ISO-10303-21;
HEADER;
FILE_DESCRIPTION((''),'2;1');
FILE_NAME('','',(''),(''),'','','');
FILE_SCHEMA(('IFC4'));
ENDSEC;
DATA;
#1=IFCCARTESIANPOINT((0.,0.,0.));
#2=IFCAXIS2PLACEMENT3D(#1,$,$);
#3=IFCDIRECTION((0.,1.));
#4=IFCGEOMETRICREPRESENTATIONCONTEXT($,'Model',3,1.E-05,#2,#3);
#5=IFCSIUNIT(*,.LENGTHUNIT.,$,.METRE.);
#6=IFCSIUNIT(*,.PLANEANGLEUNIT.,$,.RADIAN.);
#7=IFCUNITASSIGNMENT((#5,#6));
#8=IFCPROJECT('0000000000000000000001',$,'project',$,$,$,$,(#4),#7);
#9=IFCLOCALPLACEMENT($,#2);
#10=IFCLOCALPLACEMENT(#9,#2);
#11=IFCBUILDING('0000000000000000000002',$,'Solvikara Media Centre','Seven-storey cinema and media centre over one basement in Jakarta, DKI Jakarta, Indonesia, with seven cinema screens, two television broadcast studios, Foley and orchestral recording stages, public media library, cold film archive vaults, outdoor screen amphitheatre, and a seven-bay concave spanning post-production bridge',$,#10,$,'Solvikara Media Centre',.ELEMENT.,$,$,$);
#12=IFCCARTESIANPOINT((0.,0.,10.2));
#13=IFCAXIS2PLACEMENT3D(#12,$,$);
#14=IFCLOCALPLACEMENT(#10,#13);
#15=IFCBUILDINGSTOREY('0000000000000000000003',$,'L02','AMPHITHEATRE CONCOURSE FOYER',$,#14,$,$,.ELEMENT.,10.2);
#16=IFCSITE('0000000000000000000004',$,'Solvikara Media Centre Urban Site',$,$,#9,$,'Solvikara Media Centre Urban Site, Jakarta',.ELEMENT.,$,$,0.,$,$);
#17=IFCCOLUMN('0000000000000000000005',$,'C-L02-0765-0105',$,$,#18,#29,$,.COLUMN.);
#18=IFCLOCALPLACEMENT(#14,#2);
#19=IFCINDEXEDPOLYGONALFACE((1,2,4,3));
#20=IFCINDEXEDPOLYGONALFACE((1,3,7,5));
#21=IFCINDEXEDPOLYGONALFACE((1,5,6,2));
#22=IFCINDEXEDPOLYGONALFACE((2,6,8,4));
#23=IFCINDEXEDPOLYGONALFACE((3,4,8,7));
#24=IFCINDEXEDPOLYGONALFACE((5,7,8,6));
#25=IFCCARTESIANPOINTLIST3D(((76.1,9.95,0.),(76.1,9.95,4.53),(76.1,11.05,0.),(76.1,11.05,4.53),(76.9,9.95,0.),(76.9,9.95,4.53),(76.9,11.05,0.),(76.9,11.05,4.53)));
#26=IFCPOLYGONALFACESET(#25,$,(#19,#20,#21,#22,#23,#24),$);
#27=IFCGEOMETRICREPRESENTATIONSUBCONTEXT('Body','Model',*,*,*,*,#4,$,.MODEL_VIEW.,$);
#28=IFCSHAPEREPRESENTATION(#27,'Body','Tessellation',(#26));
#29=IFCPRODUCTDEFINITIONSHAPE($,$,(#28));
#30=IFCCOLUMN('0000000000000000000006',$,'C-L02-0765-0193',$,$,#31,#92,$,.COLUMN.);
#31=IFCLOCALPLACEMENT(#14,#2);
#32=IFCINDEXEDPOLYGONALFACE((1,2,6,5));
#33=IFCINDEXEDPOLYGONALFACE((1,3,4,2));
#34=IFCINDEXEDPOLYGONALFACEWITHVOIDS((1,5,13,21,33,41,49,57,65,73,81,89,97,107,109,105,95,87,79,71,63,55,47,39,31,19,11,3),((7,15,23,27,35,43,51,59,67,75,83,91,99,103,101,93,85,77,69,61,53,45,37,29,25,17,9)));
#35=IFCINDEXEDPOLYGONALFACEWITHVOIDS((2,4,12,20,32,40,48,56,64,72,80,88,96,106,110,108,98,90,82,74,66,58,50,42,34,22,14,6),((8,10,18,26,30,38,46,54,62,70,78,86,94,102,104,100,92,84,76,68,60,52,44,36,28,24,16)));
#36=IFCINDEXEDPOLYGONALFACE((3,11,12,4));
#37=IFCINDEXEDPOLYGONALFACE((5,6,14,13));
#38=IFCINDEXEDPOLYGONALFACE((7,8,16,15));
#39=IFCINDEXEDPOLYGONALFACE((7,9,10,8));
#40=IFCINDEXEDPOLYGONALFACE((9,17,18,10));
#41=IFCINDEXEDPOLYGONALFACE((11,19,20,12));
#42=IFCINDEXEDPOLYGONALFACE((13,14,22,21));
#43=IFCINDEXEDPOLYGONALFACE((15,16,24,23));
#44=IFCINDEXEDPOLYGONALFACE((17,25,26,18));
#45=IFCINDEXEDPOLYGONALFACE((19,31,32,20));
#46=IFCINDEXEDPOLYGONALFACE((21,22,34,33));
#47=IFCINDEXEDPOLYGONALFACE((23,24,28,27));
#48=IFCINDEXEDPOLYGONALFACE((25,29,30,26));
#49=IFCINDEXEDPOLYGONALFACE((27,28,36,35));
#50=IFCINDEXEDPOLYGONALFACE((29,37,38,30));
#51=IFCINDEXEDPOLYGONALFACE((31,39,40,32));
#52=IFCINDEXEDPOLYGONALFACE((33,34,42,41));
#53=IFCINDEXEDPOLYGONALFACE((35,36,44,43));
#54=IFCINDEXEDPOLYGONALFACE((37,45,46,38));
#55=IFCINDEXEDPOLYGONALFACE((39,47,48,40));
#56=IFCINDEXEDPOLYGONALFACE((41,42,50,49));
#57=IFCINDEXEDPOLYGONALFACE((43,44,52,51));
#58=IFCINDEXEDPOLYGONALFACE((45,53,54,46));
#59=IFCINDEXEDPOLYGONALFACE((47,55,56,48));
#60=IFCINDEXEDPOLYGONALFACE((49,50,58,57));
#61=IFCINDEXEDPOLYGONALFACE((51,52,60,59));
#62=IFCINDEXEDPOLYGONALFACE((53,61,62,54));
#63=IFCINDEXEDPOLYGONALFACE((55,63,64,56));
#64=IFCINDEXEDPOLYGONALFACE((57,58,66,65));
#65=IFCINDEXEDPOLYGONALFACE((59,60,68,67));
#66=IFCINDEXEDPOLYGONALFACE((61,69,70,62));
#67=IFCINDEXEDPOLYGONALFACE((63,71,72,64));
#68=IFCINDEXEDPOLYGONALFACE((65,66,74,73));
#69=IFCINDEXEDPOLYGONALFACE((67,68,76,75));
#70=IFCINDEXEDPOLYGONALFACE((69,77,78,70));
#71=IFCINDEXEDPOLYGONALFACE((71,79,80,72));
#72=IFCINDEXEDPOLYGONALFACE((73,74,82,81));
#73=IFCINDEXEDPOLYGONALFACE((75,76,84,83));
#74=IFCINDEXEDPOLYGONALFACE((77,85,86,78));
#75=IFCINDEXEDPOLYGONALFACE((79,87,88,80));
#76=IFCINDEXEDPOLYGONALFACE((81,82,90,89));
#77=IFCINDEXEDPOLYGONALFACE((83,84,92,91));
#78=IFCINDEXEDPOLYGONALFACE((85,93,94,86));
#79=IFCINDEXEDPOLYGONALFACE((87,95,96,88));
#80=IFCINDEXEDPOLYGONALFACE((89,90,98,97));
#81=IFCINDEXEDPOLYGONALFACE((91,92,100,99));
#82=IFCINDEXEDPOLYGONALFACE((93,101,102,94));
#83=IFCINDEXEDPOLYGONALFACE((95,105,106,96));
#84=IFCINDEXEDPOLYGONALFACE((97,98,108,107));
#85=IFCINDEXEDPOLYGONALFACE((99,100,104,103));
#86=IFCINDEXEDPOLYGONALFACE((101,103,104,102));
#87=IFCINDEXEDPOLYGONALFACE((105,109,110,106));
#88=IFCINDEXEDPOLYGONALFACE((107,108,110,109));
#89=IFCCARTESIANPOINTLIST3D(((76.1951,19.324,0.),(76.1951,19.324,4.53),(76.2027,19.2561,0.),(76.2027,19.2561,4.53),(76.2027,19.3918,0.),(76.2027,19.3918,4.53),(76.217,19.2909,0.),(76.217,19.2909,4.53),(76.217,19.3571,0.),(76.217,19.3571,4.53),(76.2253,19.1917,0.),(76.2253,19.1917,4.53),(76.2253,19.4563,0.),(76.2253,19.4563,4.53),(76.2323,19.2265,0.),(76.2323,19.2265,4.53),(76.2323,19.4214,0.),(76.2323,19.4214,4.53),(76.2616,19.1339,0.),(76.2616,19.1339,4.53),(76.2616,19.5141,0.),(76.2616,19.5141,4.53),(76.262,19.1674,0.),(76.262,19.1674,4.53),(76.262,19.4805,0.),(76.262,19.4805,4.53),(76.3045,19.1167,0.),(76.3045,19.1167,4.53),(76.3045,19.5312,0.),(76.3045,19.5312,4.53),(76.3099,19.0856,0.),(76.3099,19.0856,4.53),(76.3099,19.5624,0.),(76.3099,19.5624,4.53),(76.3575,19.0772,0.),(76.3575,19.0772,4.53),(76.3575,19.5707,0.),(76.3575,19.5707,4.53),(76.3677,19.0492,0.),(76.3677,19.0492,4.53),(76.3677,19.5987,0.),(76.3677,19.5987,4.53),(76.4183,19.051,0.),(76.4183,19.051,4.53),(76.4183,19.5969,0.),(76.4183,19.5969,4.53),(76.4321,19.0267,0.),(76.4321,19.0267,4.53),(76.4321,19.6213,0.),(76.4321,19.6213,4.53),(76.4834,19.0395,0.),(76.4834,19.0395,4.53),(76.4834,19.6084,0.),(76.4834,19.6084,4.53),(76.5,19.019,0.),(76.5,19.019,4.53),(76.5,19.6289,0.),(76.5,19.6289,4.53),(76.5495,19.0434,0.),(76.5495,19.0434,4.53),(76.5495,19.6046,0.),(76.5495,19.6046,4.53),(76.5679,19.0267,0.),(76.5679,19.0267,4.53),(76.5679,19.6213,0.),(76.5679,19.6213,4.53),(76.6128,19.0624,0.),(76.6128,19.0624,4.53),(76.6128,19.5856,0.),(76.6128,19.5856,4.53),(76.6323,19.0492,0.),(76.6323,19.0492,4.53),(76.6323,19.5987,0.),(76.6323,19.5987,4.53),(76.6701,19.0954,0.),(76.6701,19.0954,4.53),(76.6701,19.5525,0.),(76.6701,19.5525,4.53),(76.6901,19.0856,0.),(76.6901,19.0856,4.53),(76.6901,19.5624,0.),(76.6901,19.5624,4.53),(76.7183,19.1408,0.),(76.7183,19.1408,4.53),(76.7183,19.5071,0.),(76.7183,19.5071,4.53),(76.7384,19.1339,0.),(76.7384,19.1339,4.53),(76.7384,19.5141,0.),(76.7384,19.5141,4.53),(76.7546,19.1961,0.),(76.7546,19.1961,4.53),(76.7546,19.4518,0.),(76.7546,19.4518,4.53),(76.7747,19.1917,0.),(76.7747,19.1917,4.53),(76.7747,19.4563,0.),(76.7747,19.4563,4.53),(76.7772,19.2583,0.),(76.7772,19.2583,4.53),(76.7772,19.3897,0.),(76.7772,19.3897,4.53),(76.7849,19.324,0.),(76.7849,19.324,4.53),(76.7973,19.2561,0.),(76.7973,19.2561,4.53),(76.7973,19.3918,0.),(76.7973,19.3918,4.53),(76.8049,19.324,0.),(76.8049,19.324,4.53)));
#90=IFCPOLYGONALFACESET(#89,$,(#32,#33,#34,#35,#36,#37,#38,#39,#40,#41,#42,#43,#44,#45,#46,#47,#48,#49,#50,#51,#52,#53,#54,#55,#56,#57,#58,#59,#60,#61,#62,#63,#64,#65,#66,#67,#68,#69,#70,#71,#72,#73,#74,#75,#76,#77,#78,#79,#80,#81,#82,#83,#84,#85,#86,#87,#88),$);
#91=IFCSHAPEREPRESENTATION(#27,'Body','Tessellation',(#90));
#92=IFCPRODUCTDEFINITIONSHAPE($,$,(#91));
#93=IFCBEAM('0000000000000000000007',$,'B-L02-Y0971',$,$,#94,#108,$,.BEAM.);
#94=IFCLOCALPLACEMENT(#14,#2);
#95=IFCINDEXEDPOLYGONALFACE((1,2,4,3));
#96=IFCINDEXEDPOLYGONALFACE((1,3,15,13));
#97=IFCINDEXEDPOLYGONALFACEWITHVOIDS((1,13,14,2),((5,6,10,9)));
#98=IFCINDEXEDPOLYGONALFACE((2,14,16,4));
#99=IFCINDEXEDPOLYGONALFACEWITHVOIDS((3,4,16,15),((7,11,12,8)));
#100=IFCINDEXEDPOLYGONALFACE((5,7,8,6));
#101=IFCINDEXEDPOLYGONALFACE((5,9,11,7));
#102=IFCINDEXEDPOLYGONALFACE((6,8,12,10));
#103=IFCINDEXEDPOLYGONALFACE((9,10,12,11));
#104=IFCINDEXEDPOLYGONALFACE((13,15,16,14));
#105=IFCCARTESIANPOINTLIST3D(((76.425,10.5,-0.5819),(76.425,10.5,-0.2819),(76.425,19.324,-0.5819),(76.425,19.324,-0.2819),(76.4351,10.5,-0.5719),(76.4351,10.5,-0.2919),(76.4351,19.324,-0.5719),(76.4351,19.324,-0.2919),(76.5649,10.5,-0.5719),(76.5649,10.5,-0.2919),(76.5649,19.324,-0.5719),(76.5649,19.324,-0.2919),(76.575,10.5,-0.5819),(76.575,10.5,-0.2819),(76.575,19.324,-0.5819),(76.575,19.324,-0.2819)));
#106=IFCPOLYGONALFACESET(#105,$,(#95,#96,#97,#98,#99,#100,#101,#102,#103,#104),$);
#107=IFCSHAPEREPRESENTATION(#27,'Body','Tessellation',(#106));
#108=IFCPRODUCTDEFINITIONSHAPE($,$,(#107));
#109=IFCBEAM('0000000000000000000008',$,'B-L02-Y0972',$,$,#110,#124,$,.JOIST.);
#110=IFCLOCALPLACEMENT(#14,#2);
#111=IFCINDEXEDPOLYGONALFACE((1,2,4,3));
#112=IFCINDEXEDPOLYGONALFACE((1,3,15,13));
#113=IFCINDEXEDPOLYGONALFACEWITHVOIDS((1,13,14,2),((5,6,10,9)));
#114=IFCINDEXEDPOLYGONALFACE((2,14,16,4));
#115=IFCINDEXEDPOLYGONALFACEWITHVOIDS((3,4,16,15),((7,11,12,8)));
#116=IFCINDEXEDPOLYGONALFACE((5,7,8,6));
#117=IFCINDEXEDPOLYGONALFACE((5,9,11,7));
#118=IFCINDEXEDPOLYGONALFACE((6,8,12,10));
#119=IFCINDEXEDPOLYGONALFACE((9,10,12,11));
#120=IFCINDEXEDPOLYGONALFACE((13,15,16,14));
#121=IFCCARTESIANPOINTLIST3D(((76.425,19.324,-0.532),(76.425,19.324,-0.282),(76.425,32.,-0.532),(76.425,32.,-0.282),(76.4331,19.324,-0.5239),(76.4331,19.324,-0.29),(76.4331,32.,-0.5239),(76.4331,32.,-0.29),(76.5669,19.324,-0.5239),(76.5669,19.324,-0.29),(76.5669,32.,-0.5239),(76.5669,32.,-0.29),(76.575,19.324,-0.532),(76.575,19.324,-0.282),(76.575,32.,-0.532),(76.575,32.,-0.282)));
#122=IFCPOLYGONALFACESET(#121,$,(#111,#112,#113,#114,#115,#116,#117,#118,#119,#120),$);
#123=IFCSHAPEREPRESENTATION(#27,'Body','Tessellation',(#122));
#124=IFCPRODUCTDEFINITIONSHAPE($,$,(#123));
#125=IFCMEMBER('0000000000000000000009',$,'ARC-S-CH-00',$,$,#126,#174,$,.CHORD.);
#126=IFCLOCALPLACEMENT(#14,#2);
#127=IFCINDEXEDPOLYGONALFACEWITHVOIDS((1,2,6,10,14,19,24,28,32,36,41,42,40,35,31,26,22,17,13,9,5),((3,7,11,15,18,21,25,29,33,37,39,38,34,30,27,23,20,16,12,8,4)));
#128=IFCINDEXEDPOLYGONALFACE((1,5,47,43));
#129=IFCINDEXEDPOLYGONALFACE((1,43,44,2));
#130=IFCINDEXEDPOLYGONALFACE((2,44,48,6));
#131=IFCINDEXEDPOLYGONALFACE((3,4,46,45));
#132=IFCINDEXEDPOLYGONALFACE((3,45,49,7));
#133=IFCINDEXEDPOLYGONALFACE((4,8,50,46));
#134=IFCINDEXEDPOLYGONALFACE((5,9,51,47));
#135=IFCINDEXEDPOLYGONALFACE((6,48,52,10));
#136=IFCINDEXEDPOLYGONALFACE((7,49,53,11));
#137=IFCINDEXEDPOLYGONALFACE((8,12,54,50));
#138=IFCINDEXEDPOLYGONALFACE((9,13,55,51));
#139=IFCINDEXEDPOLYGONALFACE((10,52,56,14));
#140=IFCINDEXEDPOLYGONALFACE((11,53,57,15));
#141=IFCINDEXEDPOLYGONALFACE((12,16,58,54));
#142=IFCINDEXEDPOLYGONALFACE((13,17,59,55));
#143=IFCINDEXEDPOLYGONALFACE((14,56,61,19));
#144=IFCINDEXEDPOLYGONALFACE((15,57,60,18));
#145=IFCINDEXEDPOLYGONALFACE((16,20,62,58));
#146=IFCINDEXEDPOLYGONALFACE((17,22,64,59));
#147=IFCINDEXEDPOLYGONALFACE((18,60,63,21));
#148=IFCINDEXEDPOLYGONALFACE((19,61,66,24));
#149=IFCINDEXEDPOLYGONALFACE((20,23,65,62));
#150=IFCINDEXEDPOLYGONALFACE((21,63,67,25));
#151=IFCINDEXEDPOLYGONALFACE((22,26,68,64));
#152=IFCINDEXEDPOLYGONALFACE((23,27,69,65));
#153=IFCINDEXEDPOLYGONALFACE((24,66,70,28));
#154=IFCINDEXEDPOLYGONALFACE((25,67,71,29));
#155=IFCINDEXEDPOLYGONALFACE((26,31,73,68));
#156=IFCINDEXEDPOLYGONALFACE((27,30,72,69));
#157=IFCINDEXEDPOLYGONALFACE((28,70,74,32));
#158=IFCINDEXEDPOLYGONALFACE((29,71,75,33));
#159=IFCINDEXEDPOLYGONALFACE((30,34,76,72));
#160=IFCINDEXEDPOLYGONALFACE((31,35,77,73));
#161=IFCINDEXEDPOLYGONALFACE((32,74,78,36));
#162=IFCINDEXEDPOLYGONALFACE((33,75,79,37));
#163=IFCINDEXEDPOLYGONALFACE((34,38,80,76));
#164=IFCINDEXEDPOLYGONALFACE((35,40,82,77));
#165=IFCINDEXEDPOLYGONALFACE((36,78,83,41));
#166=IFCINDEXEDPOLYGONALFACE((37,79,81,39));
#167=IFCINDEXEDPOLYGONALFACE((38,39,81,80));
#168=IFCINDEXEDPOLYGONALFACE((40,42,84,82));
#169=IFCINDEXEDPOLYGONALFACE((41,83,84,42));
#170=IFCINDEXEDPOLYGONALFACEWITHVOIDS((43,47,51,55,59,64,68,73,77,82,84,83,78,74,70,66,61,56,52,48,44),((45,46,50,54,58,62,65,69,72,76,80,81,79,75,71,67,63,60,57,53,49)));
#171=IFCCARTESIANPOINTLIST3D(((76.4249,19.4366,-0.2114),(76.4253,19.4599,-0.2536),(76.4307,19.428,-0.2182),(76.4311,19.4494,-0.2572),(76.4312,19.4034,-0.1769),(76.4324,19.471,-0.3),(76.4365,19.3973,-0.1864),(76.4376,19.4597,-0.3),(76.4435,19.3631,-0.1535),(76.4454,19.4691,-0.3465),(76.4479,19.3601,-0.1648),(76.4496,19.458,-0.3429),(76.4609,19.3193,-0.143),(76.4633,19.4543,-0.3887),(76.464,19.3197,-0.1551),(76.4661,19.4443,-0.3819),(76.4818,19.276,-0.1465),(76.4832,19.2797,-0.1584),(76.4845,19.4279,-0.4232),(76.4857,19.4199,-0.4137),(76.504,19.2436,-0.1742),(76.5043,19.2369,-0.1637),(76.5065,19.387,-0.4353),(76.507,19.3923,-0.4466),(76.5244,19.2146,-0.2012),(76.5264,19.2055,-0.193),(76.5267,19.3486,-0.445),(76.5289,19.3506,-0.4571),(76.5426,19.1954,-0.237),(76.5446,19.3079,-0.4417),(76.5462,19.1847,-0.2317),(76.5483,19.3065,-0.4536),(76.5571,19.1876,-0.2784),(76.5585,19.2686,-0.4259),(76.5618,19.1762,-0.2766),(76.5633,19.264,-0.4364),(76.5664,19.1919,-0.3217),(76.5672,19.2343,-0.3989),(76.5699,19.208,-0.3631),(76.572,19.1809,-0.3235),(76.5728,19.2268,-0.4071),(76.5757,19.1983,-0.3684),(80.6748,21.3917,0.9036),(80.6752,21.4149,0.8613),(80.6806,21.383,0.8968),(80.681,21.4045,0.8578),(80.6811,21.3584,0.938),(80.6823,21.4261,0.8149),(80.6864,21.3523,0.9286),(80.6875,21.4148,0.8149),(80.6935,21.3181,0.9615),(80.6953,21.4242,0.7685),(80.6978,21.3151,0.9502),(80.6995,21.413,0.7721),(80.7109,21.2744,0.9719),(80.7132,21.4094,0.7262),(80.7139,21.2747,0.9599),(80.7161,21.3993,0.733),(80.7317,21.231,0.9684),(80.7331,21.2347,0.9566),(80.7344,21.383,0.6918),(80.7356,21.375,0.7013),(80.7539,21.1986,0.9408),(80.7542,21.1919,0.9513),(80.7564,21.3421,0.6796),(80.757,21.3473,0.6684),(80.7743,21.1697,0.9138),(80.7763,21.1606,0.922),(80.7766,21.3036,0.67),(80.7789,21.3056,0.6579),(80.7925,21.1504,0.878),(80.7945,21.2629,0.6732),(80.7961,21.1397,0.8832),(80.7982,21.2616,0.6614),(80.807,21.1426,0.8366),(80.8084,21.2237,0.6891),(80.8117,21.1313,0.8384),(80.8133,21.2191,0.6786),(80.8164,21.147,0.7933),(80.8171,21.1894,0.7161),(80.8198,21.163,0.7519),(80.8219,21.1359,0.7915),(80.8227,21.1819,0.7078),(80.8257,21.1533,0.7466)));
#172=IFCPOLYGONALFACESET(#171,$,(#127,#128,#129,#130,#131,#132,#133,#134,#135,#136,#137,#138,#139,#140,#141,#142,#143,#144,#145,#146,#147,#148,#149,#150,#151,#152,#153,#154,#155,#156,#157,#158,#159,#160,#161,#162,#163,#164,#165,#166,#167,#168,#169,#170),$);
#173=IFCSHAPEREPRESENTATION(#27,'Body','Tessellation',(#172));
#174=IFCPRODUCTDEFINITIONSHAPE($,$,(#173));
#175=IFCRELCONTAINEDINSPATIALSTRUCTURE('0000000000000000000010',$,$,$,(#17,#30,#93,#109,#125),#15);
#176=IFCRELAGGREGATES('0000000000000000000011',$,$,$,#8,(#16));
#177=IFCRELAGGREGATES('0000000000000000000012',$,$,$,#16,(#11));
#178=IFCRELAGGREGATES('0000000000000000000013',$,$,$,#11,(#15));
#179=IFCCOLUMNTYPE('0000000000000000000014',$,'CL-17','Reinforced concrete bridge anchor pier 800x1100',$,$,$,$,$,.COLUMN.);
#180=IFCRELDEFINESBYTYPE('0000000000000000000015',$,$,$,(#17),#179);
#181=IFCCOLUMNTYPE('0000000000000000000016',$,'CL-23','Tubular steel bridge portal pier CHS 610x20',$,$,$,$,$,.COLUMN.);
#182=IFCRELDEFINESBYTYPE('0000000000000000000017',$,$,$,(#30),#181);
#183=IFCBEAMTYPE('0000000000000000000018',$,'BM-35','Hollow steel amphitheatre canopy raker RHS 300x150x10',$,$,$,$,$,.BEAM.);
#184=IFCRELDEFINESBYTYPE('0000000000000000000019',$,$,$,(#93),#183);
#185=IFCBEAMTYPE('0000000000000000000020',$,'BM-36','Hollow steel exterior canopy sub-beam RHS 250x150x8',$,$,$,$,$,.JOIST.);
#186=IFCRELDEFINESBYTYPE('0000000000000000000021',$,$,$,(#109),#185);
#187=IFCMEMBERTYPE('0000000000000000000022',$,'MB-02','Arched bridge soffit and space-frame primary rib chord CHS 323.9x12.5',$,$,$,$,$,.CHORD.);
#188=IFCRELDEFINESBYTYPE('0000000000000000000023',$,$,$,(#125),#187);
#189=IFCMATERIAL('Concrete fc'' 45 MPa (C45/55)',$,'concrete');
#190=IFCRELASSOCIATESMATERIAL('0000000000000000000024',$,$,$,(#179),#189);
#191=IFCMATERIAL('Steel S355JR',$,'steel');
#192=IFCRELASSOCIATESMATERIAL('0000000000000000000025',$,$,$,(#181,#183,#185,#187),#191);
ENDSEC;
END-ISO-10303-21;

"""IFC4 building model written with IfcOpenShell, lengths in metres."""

from ifc_helpers import new_model, si_unit, direction, frame, origin, origin_2d, place, context, subcontext, project, spatial, rectangle, hollow_rectangle, hollow_circle, extrude, material, material_profile, profile_set, type_object, element, save


model = new_model("IFC4")

# Units and contexts
model_context = context("Model", 3, precision=1e-05, world=origin(), true_north=direction((0.0, 1.0)))
body_context = subcontext(model_context, "Body", "Model", "MODEL_VIEW")
ifc_project = project(units=[si_unit("LENGTHUNIT", "METRE"), si_unit("PLANEANGLEUNIT", "RADIAN")], contexts=[model_context])

# Site, building, storey
site_placement = place(None, origin())
site = spatial("IfcSite", under=ifc_project, at=site_placement, Name="Solvikara Media Centre Urban Site", LongName="Solvikara Media Centre Urban Site, Jakarta", CompositionType="ELEMENT", RefElevation=0.0)
building_placement = place(site_placement, origin())
building = spatial("IfcBuilding", under=site, at=building_placement, Name="Solvikara Media Centre", Description="Seven-storey cinema and media centre over one basement in Jakarta, DKI Jakarta, Indonesia, with seven cinema screens, two television broadcast studios, Foley and orchestral recording stages, public media library, cold film archive vaults, outdoor screen amphitheatre, and a seven-bay concave spanning post-production bridge", LongName="Solvikara Media Centre", CompositionType="ELEMENT")
storey_placement = place(building_placement, frame((0.0, 0.0, 10.2)))
storey = spatial("IfcBuildingStorey", under=building, at=storey_placement, Name="L02", Description="AMPHITHEATRE CONCOURSE FOYER", CompositionType="ELEMENT", Elevation=10.2)

# Columns
ifc_material_1 = material(Name="Concrete fc' 45 MPa (C45/55)", Category="concrete")
ifc_material_profile_1 = material_profile(ifc_material_1, rectangle(XDim=0.8, YDim=1.1001, at=origin_2d()), Name="RC 800x1100")
ifc_profile_set_1 = profile_set([ifc_material_profile_1], Name="Concrete fc' 45 MPa (C45/55)")
column_type_1 = type_object("IfcColumnType", Name="CL-17", Description="Reinforced concrete bridge anchor pier 800x1100", PredefinedType="COLUMN", material=ifc_profile_set_1)
column_1_placement = place(storey_placement, frame((76.5, 10.5, 0.0), z_axis=(0.0, 0.0, 1.0), x_axis=(1.0, 0.0, 0.0)))
element("IfcColumn", 1, at=column_1_placement, inside=storey, type_object=column_type_1, Name="C-L02-0765-0105", PredefinedType="COLUMN", context=body_context, shape_type="SweptSolid", body=[
    extrude(rectangle(XDim=0.8, YDim=1.1001, at=origin_2d()), origin(), (0.0, 0.0, 1.0), 4.53),
])
ifc_material_2 = material(Name="Steel S355JR", Category="steel")
ifc_material_profile_2 = material_profile(ifc_material_2, hollow_circle(Radius=0.3049, WallThickness=0.02, at=origin_2d()), Name="CHS 610x20")
ifc_profile_set_2 = profile_set([ifc_material_profile_2], Name="Steel S355JR")
column_type_2 = type_object("IfcColumnType", Name="CL-23", Description="Tubular steel bridge portal pier CHS 610x20", PredefinedType="COLUMN", material=ifc_profile_set_2)
column_2_placement = place(storey_placement, frame((76.5, 19.324, 0.0), z_axis=(0.0, 0.0, 1.0), x_axis=(1.0, 0.0, 0.0)))
element("IfcColumn", 2, at=column_2_placement, inside=storey, type_object=column_type_2, Name="C-L02-0765-0193", PredefinedType="COLUMN", context=body_context, shape_type="SweptSolid", body=[
    extrude(hollow_circle(Radius=0.3049, WallThickness=0.02, at=origin_2d()), origin(), (0.0, 0.0, 1.0), 4.53),
])

# Beams
ifc_material_profile_3 = material_profile(ifc_material_2, hollow_rectangle(XDim=0.1499, YDim=0.3, WallThickness=0.01, at=origin_2d()), Name="RHS 300x150x10")
ifc_profile_set_3 = profile_set([ifc_material_profile_3], Name="Steel S355JR")
beam_type_1 = type_object("IfcBeamType", Name="BM-35", Description="Hollow steel amphitheatre canopy raker RHS 300x150x10", PredefinedType="BEAM", material=ifc_profile_set_3)
beam_1_placement = place(storey_placement, frame((76.5, 10.5, -0.4319), z_axis=(0.0, 1.0, 0.0), x_axis=(-1.0, 0.0, 0.0)))
element("IfcBeam", 3, at=beam_1_placement, inside=storey, type_object=beam_type_1, Name="B-L02-Y0971", PredefinedType="BEAM", context=body_context, shape_type="SweptSolid", body=[
    extrude(hollow_rectangle(XDim=0.1499, YDim=0.3, WallThickness=0.01, at=origin_2d()), origin(), (0.0, 0.0, 1.0), 8.824),
])
ifc_material_profile_4 = material_profile(ifc_material_2, hollow_rectangle(XDim=0.1499, YDim=0.25, WallThickness=0.0081, at=origin_2d()), Name="RHS 250x150x8")
ifc_profile_set_4 = profile_set([ifc_material_profile_4], Name="Steel S355JR")
beam_type_2 = type_object("IfcBeamType", Name="BM-36", Description="Hollow steel exterior canopy sub-beam RHS 250x150x8", PredefinedType="JOIST", material=ifc_profile_set_4)
beam_2_placement = place(storey_placement, frame((76.5, 19.324, -0.407), z_axis=(0.0, 1.0, 0.0), x_axis=(-1.0, 0.0, 0.0)))
element("IfcBeam", 4, at=beam_2_placement, inside=storey, type_object=beam_type_2, Name="B-L02-Y0972", PredefinedType="JOIST", context=body_context, shape_type="SweptSolid", body=[
    extrude(hollow_rectangle(XDim=0.1499, YDim=0.25, WallThickness=0.0081, at=origin_2d()), origin(), (0.0, 0.0, 1.0), 12.676),
])

# Member
ifc_material_profile_5 = material_profile(ifc_material_2, hollow_circle(Radius=0.1619, WallThickness=0.0125, at=origin_2d()), Name="CHS 323.9x12.5")
ifc_profile_set_5 = profile_set([ifc_material_profile_5], Name="Steel S355JR")
member_type_1 = type_object("IfcMemberType", Name="MB-02", Description="Arched bridge soffit and space-frame primary rib chord CHS 323.9x12.5", PredefinedType="CHORD", material=ifc_profile_set_5)
member_1_placement = place(storey_placement, frame((76.5, 19.324, -0.3), z_axis=(0.88373, 0.406532, 0.231847), x_axis=(-0.417919, 0.908484, 0.0)))
element("IfcMember", 5, at=member_1_placement, inside=storey, type_object=member_type_1, Name="ARC-S-CH-00", PredefinedType="CHORD", context=body_context, shape_type="SweptSolid", body=[
    extrude(hollow_circle(Radius=0.1619, WallThickness=0.0125, at=origin_2d()), origin(), (0.0, 0.0, 1.0), 4.8091),
])

save(model, "model.ifc")
